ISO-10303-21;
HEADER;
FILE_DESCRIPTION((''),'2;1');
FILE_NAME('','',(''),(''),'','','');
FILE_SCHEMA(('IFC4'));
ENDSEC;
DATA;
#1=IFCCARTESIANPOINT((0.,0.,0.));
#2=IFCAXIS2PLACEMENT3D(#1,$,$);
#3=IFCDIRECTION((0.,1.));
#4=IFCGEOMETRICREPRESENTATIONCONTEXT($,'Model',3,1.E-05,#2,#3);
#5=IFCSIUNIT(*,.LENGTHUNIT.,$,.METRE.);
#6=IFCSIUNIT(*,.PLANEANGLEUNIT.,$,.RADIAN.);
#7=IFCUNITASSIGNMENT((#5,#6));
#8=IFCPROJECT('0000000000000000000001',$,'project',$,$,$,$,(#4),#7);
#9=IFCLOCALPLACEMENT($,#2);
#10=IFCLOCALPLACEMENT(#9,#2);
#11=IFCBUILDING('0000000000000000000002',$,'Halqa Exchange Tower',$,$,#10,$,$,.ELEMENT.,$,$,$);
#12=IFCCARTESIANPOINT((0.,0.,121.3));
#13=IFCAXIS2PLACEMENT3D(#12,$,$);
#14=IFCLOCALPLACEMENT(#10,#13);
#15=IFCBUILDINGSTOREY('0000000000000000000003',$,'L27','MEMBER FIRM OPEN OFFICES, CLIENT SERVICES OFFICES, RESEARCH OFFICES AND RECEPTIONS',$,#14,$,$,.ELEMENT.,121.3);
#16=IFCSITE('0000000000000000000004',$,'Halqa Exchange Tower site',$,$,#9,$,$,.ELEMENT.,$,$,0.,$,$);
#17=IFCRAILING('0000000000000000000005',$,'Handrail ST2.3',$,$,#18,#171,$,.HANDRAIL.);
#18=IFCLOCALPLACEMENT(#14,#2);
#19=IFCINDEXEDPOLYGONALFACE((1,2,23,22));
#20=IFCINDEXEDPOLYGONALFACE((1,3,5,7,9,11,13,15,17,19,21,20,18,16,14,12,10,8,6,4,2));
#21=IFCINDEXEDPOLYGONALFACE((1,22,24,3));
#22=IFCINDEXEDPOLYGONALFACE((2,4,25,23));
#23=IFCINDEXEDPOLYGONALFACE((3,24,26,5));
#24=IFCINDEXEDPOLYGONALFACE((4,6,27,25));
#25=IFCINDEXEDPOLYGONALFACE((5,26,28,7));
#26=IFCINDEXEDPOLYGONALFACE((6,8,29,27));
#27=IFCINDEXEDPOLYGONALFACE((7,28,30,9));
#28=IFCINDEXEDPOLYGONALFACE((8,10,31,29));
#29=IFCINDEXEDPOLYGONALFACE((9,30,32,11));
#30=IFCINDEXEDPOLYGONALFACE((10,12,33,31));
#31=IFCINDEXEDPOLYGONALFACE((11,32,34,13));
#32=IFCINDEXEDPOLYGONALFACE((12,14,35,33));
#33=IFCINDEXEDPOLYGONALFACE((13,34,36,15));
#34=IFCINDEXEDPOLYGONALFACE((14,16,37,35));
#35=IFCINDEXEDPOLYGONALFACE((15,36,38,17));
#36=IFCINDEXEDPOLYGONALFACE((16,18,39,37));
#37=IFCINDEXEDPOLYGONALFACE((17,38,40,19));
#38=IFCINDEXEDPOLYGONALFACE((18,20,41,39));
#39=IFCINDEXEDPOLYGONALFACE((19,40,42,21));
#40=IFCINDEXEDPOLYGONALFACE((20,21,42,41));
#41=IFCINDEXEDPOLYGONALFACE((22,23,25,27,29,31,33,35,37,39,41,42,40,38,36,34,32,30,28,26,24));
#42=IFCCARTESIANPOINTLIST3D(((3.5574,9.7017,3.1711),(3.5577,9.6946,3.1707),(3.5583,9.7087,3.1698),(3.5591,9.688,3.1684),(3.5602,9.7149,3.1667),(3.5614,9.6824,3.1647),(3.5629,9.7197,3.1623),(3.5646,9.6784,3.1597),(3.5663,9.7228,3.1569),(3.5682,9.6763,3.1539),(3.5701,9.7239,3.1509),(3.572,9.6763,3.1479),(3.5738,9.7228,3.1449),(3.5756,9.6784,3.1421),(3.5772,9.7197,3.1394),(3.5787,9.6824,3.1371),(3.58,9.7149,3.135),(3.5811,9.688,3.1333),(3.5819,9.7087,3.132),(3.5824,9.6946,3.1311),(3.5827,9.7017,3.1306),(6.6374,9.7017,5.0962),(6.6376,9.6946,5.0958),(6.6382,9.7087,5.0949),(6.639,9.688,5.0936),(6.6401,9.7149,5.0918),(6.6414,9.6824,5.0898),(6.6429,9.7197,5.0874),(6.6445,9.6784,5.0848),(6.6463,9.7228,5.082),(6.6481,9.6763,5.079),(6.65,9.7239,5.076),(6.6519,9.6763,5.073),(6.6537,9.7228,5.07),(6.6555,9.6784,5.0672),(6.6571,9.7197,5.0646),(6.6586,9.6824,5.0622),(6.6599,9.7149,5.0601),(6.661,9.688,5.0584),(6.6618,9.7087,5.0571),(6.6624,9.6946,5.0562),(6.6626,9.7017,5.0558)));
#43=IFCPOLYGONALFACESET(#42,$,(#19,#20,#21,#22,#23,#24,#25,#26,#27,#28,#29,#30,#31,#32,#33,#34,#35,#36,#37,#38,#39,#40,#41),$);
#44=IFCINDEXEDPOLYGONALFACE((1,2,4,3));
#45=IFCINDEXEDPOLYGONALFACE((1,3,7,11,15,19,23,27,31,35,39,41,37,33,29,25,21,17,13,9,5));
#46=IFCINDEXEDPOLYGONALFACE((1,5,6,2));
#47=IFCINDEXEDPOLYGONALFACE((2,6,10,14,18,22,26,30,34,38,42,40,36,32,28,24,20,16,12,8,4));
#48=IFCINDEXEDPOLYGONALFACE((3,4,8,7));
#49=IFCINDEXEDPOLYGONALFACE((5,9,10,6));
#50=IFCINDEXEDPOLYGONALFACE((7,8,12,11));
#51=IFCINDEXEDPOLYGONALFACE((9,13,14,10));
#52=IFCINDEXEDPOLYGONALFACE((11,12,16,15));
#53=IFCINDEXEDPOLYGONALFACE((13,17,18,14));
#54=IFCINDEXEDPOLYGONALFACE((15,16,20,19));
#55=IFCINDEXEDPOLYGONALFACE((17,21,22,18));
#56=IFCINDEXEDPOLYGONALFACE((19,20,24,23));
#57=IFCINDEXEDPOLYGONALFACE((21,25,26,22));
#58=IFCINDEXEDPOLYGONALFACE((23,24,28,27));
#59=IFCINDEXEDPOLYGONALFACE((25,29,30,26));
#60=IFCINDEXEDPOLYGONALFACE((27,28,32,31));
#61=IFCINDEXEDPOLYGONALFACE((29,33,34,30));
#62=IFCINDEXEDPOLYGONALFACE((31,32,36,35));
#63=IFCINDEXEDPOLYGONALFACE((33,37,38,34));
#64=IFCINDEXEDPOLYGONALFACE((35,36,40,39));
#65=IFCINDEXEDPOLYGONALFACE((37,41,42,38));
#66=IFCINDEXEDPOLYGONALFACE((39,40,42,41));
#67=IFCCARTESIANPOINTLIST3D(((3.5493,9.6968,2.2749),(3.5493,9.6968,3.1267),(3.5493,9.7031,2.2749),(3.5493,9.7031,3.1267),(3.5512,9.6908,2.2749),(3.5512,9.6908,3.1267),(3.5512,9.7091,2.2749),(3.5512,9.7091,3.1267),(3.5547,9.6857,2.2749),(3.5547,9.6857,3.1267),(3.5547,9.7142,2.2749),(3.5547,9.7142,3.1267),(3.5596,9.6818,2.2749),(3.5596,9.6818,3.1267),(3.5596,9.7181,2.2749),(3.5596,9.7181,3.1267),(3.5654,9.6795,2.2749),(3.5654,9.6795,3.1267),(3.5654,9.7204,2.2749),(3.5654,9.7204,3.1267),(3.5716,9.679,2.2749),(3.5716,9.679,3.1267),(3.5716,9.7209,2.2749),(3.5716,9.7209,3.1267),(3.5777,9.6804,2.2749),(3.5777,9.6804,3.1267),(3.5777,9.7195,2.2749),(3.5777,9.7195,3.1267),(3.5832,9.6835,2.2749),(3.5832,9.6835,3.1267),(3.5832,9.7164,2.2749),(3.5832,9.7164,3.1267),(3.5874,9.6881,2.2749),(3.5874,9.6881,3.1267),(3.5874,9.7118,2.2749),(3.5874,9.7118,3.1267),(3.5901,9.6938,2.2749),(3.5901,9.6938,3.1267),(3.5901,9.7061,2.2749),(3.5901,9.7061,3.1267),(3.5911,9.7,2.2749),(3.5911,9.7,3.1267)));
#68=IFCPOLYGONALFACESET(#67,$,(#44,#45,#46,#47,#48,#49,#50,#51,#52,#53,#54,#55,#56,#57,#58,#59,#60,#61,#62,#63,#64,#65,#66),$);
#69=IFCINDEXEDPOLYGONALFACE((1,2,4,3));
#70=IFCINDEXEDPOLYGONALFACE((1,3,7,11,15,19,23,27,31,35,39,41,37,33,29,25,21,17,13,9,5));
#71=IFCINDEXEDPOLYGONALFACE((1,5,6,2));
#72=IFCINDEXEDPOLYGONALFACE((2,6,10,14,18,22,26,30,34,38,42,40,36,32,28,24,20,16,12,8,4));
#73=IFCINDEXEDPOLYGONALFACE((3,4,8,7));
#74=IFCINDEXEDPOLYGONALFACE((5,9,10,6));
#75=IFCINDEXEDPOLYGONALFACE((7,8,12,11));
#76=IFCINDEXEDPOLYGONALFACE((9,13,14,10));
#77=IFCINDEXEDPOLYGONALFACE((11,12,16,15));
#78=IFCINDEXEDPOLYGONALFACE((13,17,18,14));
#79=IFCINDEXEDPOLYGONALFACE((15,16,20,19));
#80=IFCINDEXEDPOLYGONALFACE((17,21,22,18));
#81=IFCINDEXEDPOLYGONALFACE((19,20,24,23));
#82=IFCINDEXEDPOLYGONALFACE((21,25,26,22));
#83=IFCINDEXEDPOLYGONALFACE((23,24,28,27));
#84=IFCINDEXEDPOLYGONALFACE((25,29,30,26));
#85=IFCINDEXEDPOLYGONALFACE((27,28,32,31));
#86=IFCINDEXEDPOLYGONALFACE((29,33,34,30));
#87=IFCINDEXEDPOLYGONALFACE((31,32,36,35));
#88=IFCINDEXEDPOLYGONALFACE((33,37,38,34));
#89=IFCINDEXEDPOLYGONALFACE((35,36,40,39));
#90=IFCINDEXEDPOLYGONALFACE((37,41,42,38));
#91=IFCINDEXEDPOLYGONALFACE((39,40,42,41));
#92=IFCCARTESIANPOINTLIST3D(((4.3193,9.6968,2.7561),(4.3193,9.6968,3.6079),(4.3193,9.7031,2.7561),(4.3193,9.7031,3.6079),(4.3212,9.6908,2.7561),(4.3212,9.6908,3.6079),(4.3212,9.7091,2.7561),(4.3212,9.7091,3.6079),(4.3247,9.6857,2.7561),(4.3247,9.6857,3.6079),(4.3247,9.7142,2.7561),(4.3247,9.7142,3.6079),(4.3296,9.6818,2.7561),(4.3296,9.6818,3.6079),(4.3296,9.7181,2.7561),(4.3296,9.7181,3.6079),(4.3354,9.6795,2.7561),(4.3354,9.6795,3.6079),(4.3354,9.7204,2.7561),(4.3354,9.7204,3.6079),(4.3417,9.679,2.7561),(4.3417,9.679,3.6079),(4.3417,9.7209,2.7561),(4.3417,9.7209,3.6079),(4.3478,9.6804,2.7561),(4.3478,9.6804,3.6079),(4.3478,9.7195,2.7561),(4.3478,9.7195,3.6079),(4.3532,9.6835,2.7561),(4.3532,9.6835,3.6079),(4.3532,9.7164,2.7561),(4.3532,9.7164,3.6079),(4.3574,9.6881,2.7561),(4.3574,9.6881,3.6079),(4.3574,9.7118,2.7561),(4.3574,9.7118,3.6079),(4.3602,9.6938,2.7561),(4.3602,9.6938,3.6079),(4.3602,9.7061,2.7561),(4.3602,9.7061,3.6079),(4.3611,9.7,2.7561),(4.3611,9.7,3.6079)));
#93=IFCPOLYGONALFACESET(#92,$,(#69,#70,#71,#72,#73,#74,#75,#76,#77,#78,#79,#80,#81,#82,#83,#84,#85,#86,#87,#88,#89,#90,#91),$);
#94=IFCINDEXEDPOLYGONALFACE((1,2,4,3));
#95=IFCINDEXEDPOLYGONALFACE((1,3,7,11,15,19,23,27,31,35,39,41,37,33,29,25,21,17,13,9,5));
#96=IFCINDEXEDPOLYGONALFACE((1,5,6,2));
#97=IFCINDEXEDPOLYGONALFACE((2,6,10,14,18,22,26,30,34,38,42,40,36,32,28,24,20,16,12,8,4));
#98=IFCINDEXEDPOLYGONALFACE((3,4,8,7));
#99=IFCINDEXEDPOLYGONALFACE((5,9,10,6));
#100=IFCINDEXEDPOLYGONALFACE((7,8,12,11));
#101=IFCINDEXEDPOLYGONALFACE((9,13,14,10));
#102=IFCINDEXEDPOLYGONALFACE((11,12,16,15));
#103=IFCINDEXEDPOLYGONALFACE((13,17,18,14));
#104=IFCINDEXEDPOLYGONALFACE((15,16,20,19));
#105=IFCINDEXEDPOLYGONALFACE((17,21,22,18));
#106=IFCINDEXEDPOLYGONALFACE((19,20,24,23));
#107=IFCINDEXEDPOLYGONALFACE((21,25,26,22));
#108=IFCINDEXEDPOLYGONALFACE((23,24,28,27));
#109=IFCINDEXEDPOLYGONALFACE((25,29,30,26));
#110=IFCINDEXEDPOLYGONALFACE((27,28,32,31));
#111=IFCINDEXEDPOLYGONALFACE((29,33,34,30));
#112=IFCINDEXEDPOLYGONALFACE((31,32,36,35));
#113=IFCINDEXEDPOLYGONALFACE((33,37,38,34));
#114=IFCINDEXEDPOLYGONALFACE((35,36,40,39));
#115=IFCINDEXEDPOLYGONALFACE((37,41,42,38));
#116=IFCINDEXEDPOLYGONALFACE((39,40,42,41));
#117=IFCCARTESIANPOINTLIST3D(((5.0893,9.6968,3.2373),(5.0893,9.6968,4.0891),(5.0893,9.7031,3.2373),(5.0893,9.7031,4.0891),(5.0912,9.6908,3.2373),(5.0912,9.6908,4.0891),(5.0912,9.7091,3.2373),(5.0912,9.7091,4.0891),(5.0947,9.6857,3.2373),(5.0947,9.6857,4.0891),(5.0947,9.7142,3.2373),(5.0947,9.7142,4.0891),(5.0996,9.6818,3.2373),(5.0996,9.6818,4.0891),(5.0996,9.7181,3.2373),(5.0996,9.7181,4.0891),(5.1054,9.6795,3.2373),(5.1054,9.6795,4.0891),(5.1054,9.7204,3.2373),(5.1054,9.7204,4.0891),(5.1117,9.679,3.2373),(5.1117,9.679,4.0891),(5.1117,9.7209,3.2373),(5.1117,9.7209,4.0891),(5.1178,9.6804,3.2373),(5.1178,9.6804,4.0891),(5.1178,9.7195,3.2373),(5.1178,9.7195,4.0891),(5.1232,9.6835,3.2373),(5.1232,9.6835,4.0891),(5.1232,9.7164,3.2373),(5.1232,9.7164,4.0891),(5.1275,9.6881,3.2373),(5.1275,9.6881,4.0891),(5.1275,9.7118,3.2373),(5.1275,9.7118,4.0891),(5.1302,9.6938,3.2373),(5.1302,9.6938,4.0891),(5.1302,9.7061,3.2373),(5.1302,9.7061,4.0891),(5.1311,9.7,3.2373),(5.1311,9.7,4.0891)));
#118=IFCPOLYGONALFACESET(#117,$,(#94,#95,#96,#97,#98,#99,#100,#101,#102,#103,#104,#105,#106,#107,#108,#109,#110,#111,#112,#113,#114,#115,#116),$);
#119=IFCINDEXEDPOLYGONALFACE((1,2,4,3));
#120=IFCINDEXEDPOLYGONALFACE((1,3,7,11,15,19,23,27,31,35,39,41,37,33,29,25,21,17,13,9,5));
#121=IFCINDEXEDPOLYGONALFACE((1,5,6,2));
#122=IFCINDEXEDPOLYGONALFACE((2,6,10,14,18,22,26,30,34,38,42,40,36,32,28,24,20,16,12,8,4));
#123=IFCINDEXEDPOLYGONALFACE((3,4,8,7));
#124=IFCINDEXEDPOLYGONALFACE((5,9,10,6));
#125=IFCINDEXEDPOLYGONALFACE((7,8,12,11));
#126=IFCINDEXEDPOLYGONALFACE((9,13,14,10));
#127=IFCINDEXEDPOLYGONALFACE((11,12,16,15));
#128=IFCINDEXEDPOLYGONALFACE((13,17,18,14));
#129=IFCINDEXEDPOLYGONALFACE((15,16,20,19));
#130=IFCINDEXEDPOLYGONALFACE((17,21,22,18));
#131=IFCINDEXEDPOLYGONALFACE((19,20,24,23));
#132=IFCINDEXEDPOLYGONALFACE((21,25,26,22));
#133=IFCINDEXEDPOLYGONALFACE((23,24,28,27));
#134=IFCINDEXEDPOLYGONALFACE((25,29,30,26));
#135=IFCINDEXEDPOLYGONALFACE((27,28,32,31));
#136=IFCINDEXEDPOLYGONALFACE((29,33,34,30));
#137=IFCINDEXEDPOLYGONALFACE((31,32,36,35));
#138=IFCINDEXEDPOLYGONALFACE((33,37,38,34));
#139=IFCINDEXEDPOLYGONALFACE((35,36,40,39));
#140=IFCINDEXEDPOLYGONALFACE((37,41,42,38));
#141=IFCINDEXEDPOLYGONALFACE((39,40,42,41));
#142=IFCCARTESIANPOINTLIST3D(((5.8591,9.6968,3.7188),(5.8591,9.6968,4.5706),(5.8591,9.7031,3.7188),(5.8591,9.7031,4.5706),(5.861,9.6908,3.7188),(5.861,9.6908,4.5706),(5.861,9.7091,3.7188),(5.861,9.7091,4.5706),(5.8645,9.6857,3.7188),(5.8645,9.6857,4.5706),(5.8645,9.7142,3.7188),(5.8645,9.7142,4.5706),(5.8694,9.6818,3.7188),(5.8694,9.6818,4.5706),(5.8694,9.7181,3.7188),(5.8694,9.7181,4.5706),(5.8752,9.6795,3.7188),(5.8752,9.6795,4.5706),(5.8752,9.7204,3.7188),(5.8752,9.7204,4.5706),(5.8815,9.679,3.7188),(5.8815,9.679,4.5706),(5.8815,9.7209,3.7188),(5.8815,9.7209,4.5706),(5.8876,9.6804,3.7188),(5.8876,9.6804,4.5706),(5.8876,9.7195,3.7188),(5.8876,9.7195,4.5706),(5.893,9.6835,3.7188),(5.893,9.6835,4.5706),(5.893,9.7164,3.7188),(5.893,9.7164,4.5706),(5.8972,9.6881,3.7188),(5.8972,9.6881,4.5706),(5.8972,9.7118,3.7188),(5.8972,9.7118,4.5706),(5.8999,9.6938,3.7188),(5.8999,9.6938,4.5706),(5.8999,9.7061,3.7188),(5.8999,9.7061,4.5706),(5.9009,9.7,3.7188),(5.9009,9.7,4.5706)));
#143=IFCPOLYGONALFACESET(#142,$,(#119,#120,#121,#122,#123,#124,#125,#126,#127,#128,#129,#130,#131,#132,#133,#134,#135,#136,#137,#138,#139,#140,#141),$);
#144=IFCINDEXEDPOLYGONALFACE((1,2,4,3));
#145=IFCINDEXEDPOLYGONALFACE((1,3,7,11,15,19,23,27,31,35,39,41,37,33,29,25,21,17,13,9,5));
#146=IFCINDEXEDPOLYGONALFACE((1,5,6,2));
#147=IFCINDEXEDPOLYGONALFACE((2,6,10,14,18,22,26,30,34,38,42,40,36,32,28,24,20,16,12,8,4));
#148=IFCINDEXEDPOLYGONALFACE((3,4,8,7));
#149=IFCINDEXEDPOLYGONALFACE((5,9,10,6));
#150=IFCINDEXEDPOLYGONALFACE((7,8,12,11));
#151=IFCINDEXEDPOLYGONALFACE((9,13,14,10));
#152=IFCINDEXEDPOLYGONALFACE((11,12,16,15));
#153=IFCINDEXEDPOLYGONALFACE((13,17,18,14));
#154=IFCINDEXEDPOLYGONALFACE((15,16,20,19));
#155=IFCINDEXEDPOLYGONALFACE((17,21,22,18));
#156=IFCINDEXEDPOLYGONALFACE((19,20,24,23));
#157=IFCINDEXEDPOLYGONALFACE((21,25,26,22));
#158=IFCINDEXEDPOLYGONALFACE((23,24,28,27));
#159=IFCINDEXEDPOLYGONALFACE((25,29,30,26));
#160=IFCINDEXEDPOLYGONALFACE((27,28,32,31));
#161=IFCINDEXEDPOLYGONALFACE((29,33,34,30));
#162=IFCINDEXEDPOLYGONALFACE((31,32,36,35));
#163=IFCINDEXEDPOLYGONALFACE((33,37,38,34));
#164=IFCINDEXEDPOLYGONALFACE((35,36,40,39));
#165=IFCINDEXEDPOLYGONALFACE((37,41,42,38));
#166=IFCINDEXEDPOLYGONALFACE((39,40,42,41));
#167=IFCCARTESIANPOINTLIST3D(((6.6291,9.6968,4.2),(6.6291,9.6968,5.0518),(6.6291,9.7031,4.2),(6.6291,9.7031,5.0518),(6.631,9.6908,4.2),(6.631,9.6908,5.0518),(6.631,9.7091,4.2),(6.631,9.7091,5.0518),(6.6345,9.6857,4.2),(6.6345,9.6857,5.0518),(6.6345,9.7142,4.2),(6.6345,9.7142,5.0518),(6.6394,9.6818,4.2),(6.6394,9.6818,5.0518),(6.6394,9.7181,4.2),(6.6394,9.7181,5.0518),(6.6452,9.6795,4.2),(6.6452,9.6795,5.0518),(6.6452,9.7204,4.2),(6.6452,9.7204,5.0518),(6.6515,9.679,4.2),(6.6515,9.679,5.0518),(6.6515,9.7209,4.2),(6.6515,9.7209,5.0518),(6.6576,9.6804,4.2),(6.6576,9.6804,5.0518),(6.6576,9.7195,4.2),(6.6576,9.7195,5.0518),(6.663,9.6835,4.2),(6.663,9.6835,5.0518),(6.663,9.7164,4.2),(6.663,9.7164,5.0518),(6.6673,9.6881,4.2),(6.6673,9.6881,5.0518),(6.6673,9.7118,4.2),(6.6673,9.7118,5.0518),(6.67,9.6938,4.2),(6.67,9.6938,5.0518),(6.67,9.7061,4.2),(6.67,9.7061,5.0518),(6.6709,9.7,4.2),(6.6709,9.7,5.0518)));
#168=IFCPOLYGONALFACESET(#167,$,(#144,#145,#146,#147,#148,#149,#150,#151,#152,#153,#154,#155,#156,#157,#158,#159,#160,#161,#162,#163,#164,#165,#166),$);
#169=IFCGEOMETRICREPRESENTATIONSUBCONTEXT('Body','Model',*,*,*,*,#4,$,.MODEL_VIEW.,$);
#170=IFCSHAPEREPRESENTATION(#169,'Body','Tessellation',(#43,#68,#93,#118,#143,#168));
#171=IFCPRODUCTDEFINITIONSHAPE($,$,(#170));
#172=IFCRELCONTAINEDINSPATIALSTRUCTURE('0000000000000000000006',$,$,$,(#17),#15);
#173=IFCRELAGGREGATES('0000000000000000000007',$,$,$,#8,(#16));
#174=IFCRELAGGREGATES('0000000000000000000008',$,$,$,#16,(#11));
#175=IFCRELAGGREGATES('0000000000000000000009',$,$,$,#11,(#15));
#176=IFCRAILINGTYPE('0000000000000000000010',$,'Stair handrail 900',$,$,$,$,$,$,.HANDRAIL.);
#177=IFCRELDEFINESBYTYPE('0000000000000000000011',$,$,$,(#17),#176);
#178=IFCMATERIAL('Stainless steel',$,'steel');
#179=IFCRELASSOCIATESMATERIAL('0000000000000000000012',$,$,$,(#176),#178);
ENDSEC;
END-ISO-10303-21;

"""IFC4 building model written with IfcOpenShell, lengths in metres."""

from ifc_helpers import new_model, si_unit, direction, frame, origin, origin_2d, place, context, subcontext, project, spatial, circle, extrude, material, type_object, element, save


model = new_model("IFC4")

# Units and contexts
model_context = context("Model", 3, precision=1e-05, world=origin(), true_north=direction((0.0, 1.0)))
body_context = subcontext(model_context, "Body", "Model", "MODEL_VIEW")
ifc_project = project(units=[si_unit("LENGTHUNIT", "METRE"), si_unit("PLANEANGLEUNIT", "RADIAN")], contexts=[model_context])

# Site, building, storey
site_placement = place(None, origin())
site = spatial("IfcSite", under=ifc_project, at=site_placement, Name="Halqa Exchange Tower site", CompositionType="ELEMENT", RefElevation=0.0)
building_placement = place(site_placement, origin())
building = spatial("IfcBuilding", under=site, at=building_placement, Name="Halqa Exchange Tower", CompositionType="ELEMENT")
storey_placement = place(building_placement, frame((0.0, 0.0, 121.3)))
storey = spatial("IfcBuildingStorey", under=building, at=storey_placement, Name="L27", Description="MEMBER FIRM OPEN OFFICES, CLIENT SERVICES OFFICES, RESEARCH OFFICES AND RECEPTIONS", CompositionType="ELEMENT", Elevation=121.3)

# Railing
ifc_material_1 = material(Name="Stainless steel", Category="steel")
railing_type_1 = type_object("IfcRailingType", Name="Stair handrail 900", PredefinedType="HANDRAIL", material=ifc_material_1)
railing_1_placement = place(storey_placement, frame((3.5701, 9.7, 2.2749)))
element("IfcRailing", 1, at=railing_1_placement, inside=storey, type_object=railing_type_1, Name="Handrail ST2.3", PredefinedType="HANDRAIL", context=body_context, shape_type="SweptSolid", body=[
    extrude(circle(Radius=0.0239, at=origin_2d()), frame((0.0, 0.0, 0.876), z_axis=(0.847979, 0.0, 0.530029), x_axis=(0.0, 1.0, 0.0)), (0.0, 0.0, 1.0), 3.6321),
    extrude(circle(Radius=0.021, at=origin_2d()), origin(), (0.0, 0.0, 1.0), 0.8518),
    extrude(circle(Radius=0.021, at=origin_2d()), frame((0.77, 0.0, 0.4812)), (0.0, 0.0, 1.0), 0.8518),
    extrude(circle(Radius=0.021, at=origin_2d()), frame((1.54, 0.0, 0.9624)), (0.0, 0.0, 1.0), 0.8518),
    extrude(circle(Radius=0.021, at=origin_2d()), frame((2.3098, 0.0, 1.4438)), (0.0, 0.0, 1.0), 0.8518),
    extrude(circle(Radius=0.021, at=origin_2d()), frame((3.0798, 0.0, 1.925)), (0.0, 0.0, 1.0), 0.8518),
])

save(model, "model.ifc")
